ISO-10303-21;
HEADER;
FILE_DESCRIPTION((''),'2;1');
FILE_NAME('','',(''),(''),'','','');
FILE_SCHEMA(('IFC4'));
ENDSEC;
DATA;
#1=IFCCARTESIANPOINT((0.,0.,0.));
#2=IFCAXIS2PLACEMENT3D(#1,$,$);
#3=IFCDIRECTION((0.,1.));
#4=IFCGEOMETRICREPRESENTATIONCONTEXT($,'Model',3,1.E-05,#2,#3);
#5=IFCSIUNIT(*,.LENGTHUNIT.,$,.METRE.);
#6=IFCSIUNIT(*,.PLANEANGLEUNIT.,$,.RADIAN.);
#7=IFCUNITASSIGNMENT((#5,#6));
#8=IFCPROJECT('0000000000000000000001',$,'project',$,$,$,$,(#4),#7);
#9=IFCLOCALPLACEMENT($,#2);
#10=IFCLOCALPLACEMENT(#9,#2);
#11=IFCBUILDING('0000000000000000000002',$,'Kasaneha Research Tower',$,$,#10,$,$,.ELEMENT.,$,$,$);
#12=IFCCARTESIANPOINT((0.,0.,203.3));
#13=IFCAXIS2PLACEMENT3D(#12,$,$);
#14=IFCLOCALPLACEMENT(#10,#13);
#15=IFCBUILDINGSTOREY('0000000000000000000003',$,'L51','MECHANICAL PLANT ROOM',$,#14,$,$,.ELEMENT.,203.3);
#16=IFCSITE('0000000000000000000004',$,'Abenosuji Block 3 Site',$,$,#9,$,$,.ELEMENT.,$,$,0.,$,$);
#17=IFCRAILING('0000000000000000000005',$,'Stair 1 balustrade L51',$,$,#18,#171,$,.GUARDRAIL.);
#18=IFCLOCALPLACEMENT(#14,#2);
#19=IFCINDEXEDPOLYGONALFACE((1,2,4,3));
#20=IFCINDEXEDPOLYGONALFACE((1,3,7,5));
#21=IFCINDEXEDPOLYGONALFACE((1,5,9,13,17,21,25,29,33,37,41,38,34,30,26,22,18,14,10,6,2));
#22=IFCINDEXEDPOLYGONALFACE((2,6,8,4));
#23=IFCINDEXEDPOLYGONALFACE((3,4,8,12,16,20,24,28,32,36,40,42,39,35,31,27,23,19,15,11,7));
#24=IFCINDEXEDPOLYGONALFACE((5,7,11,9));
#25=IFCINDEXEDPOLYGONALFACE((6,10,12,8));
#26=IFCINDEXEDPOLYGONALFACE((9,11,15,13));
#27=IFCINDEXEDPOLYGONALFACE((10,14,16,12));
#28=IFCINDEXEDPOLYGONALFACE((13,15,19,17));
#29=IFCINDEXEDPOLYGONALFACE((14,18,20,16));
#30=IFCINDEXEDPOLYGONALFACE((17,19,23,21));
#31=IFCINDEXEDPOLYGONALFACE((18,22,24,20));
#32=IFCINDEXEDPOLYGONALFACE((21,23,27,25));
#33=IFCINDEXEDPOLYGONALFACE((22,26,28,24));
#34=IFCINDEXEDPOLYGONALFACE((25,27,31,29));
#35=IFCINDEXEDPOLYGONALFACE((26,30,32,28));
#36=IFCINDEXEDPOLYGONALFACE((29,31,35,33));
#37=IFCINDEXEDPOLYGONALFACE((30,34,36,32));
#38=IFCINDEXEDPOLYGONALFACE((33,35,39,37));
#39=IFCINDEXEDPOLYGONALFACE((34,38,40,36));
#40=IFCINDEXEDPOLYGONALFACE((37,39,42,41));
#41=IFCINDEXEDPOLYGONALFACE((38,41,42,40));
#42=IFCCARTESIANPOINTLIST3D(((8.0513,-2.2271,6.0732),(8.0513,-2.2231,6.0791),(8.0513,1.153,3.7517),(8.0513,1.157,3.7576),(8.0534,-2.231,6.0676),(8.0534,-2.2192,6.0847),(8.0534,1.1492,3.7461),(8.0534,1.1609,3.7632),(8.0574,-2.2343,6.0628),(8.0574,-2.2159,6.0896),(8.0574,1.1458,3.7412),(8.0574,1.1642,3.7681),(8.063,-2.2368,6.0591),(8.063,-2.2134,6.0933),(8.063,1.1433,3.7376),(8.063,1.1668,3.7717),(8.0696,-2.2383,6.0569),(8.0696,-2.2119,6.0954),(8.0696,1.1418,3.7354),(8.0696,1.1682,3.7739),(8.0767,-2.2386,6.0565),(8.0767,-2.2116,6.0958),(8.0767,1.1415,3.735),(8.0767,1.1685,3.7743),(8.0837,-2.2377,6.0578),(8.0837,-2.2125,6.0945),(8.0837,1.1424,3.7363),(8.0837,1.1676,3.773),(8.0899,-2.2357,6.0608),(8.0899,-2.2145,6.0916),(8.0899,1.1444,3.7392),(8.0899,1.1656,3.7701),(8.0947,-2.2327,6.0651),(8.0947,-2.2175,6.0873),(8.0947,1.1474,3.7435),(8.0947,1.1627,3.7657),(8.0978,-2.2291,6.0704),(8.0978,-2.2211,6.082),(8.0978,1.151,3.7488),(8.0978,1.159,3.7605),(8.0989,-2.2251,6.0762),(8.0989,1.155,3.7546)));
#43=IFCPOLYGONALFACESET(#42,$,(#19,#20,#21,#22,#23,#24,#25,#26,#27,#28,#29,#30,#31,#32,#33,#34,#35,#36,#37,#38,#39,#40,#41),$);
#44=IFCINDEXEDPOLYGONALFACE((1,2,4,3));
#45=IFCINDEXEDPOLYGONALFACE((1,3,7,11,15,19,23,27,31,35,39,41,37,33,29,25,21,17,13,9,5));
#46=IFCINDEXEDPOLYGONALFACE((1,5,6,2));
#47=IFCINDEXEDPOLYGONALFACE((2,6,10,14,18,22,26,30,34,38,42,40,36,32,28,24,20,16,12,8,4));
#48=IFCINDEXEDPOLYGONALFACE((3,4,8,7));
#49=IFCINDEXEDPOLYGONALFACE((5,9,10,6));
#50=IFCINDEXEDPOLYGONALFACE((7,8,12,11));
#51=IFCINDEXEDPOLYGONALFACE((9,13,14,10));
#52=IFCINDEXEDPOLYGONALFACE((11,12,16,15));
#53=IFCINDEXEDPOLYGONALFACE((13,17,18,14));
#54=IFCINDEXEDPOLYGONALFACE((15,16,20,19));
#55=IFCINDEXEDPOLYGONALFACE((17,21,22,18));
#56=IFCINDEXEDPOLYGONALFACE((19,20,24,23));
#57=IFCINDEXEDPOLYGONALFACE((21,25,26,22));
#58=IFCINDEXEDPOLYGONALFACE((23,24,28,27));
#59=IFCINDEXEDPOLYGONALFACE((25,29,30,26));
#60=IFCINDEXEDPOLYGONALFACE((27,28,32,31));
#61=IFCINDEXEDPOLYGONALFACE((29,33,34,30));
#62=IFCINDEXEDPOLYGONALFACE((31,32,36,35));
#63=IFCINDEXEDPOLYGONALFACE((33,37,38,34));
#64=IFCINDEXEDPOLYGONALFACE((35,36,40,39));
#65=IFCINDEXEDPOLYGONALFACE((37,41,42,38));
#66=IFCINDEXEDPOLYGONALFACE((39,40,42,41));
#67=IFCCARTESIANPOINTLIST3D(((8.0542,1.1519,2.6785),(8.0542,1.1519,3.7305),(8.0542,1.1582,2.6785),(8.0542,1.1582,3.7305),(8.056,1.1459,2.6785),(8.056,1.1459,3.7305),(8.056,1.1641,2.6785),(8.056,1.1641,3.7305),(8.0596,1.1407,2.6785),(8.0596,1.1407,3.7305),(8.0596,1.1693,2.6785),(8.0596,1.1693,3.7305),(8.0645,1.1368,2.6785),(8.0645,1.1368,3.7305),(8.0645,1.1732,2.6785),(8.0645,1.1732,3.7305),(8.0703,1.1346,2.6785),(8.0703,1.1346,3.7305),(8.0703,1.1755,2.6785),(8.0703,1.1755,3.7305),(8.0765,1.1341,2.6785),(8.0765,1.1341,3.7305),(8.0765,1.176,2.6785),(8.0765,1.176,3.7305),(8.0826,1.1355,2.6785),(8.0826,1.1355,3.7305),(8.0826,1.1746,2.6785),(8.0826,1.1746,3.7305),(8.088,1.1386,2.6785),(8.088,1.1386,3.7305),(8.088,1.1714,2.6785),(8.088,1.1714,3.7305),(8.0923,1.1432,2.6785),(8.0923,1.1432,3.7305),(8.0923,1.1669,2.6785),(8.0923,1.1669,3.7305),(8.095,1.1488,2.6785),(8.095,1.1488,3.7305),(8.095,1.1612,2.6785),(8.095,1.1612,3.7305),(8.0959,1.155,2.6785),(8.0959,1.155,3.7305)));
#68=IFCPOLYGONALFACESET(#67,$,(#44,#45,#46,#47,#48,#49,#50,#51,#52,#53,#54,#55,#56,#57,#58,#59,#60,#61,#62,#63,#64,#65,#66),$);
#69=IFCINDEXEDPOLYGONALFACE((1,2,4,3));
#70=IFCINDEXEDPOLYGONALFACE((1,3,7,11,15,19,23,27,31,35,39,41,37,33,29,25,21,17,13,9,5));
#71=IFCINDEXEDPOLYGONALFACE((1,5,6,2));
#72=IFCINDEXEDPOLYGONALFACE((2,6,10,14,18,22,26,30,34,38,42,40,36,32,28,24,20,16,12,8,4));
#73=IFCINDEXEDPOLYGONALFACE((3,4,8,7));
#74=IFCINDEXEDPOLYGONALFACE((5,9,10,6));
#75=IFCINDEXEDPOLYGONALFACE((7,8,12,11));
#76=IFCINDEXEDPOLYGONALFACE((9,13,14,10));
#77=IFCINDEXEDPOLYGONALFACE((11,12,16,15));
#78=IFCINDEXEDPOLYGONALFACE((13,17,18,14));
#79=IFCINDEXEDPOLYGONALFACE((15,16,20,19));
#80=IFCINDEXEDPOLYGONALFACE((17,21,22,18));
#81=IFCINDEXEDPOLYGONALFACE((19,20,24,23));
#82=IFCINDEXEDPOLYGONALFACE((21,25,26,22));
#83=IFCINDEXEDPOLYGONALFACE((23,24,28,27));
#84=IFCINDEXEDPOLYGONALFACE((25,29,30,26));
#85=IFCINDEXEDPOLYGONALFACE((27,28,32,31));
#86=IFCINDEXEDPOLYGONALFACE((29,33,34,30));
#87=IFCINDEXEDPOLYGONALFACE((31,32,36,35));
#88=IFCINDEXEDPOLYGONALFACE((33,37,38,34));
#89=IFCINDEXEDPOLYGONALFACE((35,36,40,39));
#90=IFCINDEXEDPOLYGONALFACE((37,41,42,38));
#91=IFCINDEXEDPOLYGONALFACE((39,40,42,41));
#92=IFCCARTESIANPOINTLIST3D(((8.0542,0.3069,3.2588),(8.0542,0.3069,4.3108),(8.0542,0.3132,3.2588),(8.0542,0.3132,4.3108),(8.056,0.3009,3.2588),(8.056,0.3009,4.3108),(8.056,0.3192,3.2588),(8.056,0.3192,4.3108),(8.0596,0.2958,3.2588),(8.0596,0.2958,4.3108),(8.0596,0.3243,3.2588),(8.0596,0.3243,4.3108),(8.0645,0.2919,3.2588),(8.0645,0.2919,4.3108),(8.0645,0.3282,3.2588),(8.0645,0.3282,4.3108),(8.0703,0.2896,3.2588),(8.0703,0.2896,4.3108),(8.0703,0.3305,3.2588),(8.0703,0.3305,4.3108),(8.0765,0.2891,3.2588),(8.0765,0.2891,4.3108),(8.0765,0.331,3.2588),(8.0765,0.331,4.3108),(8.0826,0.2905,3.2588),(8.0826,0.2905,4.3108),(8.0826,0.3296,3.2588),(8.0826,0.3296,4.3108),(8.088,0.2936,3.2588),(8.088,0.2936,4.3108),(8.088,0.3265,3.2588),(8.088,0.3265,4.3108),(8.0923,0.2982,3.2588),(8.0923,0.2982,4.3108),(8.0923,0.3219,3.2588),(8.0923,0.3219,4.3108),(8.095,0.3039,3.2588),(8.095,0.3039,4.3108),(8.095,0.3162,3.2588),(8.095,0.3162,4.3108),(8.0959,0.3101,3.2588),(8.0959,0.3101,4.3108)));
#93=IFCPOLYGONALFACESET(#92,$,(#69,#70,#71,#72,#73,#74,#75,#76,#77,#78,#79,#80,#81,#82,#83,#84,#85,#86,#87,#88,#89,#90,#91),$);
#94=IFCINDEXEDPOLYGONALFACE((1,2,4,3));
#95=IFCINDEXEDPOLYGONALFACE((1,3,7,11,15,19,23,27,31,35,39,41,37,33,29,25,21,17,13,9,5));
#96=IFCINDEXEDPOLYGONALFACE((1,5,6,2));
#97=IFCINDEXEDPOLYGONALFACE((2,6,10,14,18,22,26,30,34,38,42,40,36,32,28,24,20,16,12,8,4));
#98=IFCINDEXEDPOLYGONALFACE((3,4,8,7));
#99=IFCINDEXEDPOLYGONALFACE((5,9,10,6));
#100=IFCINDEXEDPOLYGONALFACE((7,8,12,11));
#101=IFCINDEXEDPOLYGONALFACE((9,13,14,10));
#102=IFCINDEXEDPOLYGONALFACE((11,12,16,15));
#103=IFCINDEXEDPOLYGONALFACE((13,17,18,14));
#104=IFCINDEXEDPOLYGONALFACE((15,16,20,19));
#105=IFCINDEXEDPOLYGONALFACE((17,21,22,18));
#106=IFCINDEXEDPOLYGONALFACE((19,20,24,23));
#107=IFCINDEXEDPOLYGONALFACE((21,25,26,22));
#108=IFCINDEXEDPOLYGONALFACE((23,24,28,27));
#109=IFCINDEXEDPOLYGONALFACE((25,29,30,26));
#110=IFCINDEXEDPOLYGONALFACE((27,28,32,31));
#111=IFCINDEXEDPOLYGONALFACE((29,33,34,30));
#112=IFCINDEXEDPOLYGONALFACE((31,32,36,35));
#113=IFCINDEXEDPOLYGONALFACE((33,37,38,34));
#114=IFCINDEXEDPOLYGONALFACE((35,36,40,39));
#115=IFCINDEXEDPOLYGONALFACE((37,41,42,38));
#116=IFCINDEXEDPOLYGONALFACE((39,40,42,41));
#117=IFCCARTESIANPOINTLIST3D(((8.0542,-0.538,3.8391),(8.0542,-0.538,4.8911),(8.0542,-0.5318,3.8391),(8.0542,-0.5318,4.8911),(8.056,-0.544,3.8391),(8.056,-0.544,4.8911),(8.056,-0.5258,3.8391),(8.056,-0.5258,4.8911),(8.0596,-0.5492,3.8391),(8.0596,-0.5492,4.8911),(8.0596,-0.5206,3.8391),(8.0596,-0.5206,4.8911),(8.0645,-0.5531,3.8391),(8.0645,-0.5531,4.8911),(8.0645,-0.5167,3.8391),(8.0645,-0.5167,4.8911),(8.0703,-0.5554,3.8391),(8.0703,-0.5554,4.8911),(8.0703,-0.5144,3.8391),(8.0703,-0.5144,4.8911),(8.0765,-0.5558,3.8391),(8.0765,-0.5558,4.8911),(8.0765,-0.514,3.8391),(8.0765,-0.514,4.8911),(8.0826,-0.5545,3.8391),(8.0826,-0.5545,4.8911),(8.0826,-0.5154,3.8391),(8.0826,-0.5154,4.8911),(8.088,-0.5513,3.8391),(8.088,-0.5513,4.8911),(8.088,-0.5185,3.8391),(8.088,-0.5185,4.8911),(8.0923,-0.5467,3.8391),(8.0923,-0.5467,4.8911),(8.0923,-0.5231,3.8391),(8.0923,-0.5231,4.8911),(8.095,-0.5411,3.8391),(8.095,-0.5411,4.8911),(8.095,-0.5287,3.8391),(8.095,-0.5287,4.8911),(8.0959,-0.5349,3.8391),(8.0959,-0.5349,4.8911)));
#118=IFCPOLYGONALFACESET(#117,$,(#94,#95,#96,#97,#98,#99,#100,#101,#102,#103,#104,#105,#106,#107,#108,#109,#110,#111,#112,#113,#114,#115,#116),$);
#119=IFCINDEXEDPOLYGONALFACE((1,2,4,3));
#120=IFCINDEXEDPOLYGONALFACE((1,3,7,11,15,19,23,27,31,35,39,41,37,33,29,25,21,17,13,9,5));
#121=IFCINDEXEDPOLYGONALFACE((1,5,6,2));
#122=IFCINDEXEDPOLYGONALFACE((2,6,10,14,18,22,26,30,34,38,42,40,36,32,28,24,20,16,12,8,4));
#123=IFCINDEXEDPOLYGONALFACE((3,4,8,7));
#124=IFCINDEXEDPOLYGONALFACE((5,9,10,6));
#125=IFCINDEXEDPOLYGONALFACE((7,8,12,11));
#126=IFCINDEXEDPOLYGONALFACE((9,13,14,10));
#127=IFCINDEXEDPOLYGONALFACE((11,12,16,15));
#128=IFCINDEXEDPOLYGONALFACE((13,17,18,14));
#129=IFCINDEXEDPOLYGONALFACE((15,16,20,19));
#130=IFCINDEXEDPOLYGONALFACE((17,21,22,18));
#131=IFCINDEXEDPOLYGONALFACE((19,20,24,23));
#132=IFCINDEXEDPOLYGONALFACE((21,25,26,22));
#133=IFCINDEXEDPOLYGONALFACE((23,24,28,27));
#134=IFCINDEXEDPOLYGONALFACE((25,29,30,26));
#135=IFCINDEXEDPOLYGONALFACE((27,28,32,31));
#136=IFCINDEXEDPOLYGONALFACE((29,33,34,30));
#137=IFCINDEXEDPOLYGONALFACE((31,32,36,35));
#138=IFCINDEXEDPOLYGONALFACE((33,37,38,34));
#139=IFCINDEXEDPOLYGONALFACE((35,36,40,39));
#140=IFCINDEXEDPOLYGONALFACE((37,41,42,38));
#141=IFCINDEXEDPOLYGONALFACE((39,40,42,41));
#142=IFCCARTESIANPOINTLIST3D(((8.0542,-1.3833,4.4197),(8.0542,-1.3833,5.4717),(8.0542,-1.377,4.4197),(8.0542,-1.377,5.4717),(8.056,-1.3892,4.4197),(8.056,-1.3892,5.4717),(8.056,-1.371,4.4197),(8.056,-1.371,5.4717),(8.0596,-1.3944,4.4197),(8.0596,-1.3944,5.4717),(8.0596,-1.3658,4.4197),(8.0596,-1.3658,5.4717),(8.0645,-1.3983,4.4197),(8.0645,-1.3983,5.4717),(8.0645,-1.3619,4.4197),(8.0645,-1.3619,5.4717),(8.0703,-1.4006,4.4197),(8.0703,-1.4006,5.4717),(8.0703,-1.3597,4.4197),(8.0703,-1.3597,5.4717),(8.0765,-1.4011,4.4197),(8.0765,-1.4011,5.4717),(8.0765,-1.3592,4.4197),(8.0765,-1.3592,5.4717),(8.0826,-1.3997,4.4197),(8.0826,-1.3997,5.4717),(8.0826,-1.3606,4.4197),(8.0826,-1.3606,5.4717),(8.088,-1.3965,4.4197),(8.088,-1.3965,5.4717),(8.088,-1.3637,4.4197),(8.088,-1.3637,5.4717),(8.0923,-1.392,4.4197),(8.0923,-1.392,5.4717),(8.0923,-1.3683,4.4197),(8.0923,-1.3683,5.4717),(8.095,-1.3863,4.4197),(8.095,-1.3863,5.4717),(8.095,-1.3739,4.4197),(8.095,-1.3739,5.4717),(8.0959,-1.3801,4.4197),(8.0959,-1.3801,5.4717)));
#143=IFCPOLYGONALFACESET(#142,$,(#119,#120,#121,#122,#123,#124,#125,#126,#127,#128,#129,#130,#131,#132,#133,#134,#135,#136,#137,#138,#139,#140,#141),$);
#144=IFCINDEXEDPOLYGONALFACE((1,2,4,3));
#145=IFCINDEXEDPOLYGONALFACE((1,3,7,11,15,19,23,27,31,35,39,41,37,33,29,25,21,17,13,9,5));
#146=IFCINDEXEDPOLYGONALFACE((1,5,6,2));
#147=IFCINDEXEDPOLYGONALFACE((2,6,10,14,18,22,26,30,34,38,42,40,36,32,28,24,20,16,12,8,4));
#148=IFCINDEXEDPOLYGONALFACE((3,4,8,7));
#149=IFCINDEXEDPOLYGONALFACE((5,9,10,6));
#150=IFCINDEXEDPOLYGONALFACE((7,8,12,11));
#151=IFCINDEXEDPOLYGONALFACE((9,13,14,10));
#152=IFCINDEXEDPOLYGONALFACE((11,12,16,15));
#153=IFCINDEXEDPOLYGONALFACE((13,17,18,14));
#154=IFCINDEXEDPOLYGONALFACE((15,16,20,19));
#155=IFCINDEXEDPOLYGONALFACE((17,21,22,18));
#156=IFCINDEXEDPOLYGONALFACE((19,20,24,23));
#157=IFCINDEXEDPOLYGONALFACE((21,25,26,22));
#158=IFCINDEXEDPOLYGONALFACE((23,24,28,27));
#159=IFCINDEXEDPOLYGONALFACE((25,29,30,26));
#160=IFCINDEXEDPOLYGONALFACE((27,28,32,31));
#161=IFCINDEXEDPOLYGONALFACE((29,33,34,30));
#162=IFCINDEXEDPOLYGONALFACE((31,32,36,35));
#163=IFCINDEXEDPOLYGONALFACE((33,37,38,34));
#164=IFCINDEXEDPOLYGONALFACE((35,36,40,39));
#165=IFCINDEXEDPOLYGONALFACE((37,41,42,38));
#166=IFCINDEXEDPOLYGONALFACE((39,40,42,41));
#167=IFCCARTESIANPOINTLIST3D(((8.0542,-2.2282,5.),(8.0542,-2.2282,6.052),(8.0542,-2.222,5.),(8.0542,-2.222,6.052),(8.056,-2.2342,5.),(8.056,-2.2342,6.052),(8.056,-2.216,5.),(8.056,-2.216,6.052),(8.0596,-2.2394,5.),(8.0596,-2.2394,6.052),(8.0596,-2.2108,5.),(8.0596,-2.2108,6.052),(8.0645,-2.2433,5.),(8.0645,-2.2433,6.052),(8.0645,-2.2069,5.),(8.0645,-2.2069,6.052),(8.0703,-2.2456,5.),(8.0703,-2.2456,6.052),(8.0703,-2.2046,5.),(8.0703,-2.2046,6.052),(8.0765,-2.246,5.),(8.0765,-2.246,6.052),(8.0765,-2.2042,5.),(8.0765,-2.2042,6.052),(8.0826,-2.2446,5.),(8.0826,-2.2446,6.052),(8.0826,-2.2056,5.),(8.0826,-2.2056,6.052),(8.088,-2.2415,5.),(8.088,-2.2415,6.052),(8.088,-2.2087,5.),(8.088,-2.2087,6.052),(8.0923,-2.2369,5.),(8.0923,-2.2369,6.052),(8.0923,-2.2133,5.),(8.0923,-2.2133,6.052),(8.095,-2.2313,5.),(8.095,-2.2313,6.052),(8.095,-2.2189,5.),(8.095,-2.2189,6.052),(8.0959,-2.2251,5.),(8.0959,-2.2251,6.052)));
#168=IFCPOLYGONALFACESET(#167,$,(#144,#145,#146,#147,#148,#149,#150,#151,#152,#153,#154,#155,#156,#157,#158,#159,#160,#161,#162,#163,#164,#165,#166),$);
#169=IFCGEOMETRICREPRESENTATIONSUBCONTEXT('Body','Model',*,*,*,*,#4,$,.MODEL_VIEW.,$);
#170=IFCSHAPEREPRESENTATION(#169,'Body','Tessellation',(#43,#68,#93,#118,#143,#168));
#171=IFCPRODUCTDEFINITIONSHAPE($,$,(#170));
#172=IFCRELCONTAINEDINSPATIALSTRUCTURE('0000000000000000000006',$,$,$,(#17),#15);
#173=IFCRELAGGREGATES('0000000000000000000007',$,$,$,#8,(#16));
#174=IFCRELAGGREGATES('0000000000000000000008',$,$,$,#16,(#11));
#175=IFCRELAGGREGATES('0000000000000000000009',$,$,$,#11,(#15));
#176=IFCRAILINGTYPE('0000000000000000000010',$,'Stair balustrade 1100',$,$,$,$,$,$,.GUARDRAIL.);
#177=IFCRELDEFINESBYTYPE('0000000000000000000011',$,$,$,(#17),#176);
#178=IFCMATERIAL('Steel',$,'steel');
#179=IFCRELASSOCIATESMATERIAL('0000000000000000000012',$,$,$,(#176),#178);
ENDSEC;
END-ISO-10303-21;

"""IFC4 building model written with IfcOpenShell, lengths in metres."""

from ifc_helpers import new_model, si_unit, direction, frame, origin, origin_2d, place, context, subcontext, project, spatial, circle, extrude, material, type_object, element, save


model = new_model("IFC4")

# Units and contexts
model_context = context("Model", 3, precision=1e-05, world=origin(), true_north=direction((0.0, 1.0)))
body_context = subcontext(model_context, "Body", "Model", "MODEL_VIEW")
ifc_project = project(units=[si_unit("LENGTHUNIT", "METRE"), si_unit("PLANEANGLEUNIT", "RADIAN")], contexts=[model_context])

# Site, building, storey
site_placement = place(None, origin())
site = spatial("IfcSite", under=ifc_project, at=site_placement, Name="Abenosuji Block 3 Site", CompositionType="ELEMENT", RefElevation=0.0)
building_placement = place(site_placement, origin())
building = spatial("IfcBuilding", under=site, at=building_placement, Name="Kasaneha Research Tower", CompositionType="ELEMENT")
storey_placement = place(building_placement, frame((0.0, 0.0, 203.3)))
storey = spatial("IfcBuildingStorey", under=building, at=storey_placement, Name="L51", Description="MECHANICAL PLANT ROOM", CompositionType="ELEMENT", Elevation=203.3)

# Railing
ifc_material_1 = material(Name="Steel", Category="steel")
railing_type_1 = type_object("IfcRailingType", Name="Stair balustrade 1100", PredefinedType="GUARDRAIL", material=ifc_material_1)
railing_1_placement = place(storey_placement, frame((8.075, 1.155, 2.6785)))
element("IfcRailing", 1, at=railing_1_placement, inside=storey, type_object=railing_type_1, Name="Stair 1 balustrade L51", PredefinedType="GUARDRAIL", context=body_context, shape_type="SweptSolid", body=[
    extrude(circle(Radius=0.0239, at=origin_2d()), frame((0.0, 0.0, 1.0762), z_axis=(0.0, -0.824304, 0.566147), x_axis=(1.0, 0.0, 0.0)), (0.0, 0.0, 1.0), 4.1006),
    extrude(circle(Radius=0.021, at=origin_2d()), origin(), (0.0, 0.0, 1.0), 1.052),
    extrude(circle(Radius=0.021, at=origin_2d()), frame((0.0, -0.845, 0.5803)), (0.0, 0.0, 1.0), 1.052),
    extrude(circle(Radius=0.021, at=origin_2d()), frame((0.0, -1.6899, 1.1606)), (0.0, 0.0, 1.0), 1.052),
    extrude(circle(Radius=0.021, at=origin_2d()), frame((0.0, -2.5352, 1.7412)), (0.0, 0.0, 1.0), 1.052),
    extrude(circle(Radius=0.021, at=origin_2d()), frame((0.0, -3.3801, 2.3215)), (0.0, 0.0, 1.0), 1.052),
])

save(model, "model.ifc")
